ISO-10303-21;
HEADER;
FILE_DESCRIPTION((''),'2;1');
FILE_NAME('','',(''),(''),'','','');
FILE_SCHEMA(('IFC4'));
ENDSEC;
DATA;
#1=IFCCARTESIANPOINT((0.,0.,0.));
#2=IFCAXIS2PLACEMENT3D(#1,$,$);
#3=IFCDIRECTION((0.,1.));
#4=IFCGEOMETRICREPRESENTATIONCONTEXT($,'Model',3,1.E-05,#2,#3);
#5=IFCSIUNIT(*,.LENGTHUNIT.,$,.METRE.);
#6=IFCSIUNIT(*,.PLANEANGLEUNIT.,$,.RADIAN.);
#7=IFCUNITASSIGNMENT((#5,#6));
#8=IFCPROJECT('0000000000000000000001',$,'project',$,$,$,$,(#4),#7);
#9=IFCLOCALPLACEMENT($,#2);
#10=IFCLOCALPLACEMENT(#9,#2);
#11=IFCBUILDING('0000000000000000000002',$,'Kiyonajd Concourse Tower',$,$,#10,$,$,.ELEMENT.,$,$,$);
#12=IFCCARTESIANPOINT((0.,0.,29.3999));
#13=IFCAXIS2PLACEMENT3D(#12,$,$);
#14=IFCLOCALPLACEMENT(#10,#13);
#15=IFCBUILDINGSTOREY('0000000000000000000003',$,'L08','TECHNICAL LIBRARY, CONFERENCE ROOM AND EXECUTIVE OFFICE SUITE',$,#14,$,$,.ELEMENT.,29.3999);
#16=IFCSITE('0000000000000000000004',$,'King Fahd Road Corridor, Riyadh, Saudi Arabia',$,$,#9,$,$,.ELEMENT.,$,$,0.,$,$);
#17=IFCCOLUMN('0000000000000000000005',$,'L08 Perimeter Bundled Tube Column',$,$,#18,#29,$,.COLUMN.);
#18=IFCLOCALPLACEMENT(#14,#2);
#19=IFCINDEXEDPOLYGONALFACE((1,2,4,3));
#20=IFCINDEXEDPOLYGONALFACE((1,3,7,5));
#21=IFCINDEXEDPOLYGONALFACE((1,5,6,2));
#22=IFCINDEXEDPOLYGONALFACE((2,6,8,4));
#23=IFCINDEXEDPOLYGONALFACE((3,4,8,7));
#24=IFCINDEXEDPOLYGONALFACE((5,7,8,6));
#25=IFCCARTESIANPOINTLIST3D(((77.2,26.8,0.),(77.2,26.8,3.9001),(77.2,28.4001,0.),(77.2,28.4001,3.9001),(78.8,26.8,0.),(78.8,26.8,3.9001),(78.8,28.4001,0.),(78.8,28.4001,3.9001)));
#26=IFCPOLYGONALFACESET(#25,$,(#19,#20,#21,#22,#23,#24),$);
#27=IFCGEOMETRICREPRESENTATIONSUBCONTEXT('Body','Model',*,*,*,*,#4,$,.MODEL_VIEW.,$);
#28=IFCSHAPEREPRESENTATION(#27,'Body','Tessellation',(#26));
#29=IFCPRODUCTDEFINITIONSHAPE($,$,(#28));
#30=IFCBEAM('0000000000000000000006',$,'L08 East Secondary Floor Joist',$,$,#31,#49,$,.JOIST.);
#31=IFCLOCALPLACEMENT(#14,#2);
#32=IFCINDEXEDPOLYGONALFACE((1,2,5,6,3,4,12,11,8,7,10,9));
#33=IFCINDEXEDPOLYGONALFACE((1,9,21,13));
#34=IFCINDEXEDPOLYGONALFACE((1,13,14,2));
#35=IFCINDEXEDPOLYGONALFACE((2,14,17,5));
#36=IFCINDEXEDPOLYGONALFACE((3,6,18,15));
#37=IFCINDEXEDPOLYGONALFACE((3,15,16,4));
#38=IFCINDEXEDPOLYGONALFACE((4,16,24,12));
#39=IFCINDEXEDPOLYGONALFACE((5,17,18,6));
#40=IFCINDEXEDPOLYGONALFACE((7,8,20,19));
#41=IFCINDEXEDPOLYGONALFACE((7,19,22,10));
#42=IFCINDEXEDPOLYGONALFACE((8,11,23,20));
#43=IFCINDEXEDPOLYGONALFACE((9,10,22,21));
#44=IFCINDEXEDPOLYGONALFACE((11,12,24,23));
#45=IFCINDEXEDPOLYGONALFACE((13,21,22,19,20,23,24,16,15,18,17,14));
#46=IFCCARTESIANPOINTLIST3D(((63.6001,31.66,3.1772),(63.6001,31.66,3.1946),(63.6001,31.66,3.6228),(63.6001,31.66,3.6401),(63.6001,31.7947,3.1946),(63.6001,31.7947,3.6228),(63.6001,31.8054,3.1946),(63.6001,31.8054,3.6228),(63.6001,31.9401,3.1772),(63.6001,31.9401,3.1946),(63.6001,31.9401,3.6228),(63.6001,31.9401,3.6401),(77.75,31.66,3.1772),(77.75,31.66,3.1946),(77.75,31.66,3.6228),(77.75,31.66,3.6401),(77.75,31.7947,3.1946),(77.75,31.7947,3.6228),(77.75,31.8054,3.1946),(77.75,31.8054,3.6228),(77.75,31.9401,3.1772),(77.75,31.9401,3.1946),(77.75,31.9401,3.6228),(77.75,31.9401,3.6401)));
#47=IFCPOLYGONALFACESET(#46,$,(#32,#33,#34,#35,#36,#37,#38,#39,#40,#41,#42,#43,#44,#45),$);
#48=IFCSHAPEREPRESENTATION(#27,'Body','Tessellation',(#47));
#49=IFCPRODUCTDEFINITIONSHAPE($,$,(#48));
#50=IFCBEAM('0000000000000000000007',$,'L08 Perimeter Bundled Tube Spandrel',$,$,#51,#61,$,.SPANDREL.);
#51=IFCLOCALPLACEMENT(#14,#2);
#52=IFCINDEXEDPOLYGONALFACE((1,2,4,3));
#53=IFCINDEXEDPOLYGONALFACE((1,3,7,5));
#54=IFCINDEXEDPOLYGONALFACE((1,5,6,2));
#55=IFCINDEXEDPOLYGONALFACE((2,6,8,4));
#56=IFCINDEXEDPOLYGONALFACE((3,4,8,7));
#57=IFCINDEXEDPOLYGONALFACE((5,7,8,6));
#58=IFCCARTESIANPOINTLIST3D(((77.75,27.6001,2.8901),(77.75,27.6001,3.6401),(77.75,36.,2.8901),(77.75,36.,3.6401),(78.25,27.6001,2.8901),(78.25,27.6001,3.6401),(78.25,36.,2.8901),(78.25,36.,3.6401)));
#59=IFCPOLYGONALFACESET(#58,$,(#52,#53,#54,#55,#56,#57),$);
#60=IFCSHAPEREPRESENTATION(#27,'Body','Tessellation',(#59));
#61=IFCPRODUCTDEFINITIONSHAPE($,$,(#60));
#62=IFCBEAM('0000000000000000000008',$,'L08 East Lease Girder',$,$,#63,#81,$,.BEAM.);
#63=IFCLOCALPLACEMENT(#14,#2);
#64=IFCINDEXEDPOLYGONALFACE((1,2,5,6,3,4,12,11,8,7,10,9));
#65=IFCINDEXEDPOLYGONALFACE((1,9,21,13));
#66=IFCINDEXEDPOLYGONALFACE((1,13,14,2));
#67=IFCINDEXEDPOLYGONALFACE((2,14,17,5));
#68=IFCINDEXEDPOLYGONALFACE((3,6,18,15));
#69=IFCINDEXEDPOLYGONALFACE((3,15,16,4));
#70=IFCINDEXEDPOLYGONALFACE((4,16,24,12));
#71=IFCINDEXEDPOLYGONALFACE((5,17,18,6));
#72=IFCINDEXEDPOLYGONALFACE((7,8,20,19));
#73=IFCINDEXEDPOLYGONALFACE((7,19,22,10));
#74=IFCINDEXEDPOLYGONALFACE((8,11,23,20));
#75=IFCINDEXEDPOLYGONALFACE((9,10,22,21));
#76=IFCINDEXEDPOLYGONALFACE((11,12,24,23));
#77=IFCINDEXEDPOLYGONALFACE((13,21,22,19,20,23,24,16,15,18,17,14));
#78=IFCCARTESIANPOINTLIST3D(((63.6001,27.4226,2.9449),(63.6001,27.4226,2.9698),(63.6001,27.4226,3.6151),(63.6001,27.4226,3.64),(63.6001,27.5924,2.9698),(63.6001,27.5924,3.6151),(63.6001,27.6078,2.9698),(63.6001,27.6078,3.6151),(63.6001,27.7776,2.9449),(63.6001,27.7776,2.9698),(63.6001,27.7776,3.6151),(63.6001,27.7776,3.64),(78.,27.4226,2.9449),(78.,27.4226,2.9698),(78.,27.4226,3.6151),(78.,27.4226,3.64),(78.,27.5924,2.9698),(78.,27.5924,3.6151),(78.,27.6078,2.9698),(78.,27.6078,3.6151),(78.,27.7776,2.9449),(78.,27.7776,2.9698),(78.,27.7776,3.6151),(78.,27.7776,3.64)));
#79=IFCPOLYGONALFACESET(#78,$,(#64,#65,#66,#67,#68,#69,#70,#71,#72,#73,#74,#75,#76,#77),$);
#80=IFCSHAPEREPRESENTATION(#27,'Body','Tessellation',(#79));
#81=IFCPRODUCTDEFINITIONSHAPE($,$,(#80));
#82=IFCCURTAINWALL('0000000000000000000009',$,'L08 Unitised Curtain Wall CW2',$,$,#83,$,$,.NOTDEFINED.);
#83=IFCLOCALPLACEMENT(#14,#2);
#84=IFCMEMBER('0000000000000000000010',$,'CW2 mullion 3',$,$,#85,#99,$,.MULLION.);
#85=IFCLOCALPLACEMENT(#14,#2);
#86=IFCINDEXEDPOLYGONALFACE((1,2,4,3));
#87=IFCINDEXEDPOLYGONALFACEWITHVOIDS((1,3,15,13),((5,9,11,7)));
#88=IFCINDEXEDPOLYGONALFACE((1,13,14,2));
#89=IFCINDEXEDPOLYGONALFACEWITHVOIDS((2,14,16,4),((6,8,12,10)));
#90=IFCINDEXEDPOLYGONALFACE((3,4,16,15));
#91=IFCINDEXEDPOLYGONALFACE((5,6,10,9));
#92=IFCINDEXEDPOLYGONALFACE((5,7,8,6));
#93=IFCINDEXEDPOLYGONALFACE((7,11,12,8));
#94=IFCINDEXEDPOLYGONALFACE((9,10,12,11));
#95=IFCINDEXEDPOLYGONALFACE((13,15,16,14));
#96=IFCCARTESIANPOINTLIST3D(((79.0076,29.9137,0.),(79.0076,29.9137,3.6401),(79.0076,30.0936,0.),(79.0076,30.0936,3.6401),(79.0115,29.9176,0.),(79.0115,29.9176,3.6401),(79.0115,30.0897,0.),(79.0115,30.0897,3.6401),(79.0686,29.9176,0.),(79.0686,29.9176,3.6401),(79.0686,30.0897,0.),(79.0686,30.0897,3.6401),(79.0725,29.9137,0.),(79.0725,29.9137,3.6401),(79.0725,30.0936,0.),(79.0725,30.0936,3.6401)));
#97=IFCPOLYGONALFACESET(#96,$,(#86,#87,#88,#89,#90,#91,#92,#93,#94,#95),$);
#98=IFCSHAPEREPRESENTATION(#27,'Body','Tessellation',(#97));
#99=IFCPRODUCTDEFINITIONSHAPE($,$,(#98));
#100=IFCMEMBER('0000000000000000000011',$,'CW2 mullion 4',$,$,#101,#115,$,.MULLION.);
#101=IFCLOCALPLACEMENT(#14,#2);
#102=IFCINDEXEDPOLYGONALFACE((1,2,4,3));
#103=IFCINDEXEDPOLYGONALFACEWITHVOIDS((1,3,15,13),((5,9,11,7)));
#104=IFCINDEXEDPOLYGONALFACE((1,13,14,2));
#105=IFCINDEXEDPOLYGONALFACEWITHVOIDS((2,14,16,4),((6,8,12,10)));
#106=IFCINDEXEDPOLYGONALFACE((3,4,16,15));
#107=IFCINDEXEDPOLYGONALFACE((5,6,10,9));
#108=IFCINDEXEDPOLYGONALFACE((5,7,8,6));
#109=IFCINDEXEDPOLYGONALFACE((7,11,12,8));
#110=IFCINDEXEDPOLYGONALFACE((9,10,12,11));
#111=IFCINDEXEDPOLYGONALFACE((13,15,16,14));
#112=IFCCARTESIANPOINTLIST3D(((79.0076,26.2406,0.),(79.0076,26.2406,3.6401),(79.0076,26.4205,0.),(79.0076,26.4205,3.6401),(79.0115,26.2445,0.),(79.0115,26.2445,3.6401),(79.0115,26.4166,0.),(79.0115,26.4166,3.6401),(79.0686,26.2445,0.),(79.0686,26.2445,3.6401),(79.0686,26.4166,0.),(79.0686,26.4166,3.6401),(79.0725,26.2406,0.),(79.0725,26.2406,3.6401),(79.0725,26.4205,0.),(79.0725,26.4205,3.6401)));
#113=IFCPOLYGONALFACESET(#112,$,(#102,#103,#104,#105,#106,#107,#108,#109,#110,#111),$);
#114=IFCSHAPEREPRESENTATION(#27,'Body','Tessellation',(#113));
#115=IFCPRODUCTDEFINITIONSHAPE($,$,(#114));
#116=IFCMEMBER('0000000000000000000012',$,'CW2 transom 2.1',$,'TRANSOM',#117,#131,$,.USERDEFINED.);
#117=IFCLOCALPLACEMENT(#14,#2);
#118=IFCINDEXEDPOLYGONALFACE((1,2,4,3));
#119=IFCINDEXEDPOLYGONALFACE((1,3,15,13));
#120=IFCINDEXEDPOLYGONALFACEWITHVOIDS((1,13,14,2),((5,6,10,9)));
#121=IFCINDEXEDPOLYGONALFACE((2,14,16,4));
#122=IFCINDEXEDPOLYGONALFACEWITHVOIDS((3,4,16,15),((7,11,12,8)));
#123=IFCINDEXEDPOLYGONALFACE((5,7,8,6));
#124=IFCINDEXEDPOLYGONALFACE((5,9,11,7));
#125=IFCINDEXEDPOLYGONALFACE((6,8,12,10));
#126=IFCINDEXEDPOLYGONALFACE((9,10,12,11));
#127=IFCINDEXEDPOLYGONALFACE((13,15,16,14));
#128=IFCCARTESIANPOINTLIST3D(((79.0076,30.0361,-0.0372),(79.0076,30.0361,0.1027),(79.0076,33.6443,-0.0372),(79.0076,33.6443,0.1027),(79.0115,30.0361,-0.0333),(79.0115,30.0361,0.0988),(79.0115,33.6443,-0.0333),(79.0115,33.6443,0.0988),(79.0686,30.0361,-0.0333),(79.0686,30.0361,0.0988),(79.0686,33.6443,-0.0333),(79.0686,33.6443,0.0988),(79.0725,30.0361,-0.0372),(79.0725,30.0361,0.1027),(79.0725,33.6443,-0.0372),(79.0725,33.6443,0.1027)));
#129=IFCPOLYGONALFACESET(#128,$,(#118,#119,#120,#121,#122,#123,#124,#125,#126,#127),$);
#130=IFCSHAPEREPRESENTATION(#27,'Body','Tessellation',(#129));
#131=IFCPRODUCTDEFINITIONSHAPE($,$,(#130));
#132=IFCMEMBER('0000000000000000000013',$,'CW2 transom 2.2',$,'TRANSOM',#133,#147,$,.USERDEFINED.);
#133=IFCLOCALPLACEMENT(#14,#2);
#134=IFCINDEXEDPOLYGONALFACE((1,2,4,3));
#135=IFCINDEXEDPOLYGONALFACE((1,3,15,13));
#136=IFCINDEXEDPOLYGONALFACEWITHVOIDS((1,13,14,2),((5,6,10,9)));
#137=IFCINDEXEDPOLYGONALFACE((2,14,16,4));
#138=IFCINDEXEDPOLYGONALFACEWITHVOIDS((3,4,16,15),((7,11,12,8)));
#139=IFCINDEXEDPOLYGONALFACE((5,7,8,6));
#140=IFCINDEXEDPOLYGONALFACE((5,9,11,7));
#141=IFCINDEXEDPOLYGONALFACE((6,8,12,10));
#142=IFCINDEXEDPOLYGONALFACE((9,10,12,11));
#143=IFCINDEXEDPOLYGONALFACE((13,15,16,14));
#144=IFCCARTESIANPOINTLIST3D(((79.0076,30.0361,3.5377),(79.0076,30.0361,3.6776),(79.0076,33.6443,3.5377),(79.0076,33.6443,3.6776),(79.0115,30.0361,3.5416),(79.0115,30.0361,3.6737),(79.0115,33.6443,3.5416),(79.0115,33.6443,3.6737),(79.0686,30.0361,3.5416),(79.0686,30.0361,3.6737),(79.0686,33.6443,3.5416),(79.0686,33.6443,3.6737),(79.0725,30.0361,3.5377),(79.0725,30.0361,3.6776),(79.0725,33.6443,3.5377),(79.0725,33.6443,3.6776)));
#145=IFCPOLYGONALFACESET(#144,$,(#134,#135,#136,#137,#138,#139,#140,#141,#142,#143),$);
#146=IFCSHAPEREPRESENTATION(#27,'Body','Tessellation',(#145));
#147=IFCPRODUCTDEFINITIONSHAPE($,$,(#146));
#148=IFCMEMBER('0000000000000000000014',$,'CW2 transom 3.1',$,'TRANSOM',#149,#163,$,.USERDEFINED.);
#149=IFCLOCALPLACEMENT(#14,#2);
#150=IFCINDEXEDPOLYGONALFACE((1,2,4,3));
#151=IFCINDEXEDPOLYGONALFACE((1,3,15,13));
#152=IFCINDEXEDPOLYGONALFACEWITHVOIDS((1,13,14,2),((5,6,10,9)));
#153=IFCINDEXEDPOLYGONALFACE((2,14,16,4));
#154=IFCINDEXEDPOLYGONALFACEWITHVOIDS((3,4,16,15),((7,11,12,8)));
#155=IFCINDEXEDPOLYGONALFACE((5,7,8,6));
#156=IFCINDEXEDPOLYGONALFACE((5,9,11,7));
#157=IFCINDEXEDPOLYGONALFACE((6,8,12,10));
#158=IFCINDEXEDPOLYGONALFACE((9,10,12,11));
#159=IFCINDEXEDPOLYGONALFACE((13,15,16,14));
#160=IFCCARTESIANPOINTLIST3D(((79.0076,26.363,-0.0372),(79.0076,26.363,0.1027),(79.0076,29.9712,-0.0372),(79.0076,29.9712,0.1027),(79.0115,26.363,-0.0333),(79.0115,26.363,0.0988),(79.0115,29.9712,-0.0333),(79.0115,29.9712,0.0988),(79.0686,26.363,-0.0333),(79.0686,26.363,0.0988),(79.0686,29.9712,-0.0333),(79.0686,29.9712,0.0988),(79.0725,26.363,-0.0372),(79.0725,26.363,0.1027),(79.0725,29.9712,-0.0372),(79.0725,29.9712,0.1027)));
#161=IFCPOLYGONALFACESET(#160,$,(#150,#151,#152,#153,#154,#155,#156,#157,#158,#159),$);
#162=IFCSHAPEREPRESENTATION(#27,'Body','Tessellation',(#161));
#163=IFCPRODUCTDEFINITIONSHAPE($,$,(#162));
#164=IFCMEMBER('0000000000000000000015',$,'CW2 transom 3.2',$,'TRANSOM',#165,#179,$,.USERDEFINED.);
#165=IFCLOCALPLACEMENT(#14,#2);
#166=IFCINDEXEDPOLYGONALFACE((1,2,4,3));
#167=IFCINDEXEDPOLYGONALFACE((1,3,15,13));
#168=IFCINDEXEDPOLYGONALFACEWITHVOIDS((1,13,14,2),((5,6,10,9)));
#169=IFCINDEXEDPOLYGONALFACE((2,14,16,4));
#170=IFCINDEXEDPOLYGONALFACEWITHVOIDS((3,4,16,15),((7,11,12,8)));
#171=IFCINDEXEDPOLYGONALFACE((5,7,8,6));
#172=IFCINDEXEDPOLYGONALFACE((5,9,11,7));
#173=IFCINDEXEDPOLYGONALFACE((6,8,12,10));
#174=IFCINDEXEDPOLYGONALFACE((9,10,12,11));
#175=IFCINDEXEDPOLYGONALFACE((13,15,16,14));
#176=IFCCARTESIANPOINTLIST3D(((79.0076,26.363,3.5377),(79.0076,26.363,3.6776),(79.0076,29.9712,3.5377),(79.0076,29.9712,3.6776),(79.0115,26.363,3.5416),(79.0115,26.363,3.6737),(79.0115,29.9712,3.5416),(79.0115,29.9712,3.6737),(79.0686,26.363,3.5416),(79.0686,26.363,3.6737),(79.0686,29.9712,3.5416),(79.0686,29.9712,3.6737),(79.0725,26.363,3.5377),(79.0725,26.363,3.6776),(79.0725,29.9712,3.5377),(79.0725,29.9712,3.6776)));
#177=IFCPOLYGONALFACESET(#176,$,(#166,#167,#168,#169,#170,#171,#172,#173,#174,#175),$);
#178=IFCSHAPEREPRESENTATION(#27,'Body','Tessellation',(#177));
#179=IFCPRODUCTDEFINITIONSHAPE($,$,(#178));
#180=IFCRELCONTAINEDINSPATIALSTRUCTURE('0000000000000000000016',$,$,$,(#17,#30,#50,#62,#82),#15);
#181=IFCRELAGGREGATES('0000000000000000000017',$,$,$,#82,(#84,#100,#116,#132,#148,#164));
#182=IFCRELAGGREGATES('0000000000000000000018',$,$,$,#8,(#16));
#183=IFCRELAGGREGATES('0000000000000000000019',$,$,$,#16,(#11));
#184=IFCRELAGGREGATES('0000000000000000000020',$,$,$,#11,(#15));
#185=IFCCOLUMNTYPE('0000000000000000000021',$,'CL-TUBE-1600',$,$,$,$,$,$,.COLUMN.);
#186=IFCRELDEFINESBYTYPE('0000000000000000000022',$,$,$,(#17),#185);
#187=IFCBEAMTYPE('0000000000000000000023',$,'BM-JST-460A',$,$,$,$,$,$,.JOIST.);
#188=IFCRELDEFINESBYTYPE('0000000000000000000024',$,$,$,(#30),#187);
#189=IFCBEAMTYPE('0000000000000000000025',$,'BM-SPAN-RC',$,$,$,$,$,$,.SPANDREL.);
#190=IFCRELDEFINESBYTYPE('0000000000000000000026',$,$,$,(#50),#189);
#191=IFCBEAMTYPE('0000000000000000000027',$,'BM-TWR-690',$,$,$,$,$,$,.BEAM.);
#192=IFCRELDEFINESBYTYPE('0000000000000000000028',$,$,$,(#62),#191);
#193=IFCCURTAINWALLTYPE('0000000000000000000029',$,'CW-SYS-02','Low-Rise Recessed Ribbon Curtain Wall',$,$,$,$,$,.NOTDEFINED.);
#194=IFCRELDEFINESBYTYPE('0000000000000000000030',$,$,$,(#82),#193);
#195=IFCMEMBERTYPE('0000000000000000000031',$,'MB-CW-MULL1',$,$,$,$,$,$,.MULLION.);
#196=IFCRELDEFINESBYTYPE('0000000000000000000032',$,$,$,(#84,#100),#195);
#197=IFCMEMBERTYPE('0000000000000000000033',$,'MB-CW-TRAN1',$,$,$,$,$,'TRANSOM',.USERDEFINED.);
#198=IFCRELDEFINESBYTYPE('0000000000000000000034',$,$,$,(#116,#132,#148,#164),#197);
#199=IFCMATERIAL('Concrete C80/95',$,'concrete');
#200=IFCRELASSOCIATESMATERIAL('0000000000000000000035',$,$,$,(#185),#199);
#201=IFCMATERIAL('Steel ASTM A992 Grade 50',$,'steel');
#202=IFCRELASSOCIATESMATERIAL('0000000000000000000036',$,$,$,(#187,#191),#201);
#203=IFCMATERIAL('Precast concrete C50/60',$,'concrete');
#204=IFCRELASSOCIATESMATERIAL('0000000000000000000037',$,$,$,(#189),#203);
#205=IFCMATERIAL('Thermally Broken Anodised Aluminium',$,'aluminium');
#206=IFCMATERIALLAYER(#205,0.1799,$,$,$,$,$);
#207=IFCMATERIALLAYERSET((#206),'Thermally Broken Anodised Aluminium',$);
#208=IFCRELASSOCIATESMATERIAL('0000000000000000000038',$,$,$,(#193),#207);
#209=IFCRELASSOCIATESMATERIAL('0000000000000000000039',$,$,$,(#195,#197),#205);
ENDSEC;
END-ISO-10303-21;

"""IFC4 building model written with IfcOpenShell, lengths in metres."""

from ifc_helpers import new_model, si_unit, direction, frame, origin, origin_2d, place, context, subcontext, project, spatial, rectangle, hollow_rectangle, i_section, extrude, material, layer, layer_set, material_profile, profile_set, type_object, element, aggregate, save


model = new_model("IFC4")

# Units and contexts
model_context = context("Model", 3, precision=1e-05, world=origin(), true_north=direction((0.0, 1.0)))
body_context = subcontext(model_context, "Body", "Model", "MODEL_VIEW")
ifc_project = project(units=[si_unit("LENGTHUNIT", "METRE"), si_unit("PLANEANGLEUNIT", "RADIAN")], contexts=[model_context])

# Site, building, storey
site_placement = place(None, origin())
site = spatial("IfcSite", under=ifc_project, at=site_placement, Name="King Fahd Road Corridor, Riyadh, Saudi Arabia", CompositionType="ELEMENT", RefElevation=0.0)
building_placement = place(site_placement, origin())
building = spatial("IfcBuilding", under=site, at=building_placement, Name="Kiyonajd Concourse Tower", CompositionType="ELEMENT")
storey_placement = place(building_placement, frame((0.0, 0.0, 29.3999)))
storey = spatial("IfcBuildingStorey", under=building, at=storey_placement, Name="L08", Description="TECHNICAL LIBRARY, CONFERENCE ROOM AND EXECUTIVE OFFICE SUITE", CompositionType="ELEMENT", Elevation=29.3999)

# Column
ifc_material_1 = material(Name="Concrete C80/95", Category="concrete")
ifc_material_profile_1 = material_profile(ifc_material_1, rectangle(XDim=1.6001, YDim=1.6001, at=origin_2d()), Name="RC-1600x1600")
ifc_profile_set_1 = profile_set([ifc_material_profile_1], Name="Concrete C80/95")
column_type = type_object("IfcColumnType", Name="CL-TUBE-1600", PredefinedType="COLUMN", material=ifc_profile_set_1)
column_placement = place(storey_placement, frame((78.0, 27.6001, 0.0), z_axis=(0.0, 0.0, 1.0), x_axis=(1.0, 0.0, 0.0)))
element("IfcColumn", 1, at=column_placement, inside=storey, type_object=column_type, Name="L08 Perimeter Bundled Tube Column", PredefinedType="COLUMN", context=body_context, shape_type="SweptSolid", body=[
    extrude(rectangle(XDim=1.6001, YDim=1.6001, at=origin_2d()), origin(), (0.0, 0.0, 1.0), 3.9001),
])

# Beams
ifc_material_2 = material(Name="Steel ASTM A992 Grade 50", Category="steel")
ifc_material_profile_2 = material_profile(ifc_material_2, i_section(OverallWidth=0.28, OverallDepth=0.4629, WebThickness=0.0107, FlangeThickness=0.0173, at=origin_2d()), Name="W460X113")
ifc_profile_set_2 = profile_set([ifc_material_profile_2], Name="Steel ASTM A992 Grade 50")
beam_type_1 = type_object("IfcBeamType", Name="BM-JST-460A", PredefinedType="JOIST", material=ifc_profile_set_2)
beam_1_placement = place(storey_placement, frame((63.6001, 31.8, 3.4087), z_axis=(1.0, 0.0, 0.0), x_axis=(0.0, 1.0, 0.0)))
element("IfcBeam", 2, at=beam_1_placement, inside=storey, type_object=beam_type_1, Name="L08 East Secondary Floor Joist", PredefinedType="JOIST", context=body_context, shape_type="SweptSolid", body=[
    extrude(i_section(OverallWidth=0.28, OverallDepth=0.4629, WebThickness=0.0107, FlangeThickness=0.0173, at=origin_2d()), origin(), (0.0, 0.0, 1.0), 14.1499),
])
ifc_material_3 = material(Name="Precast concrete C50/60", Category="concrete")
ifc_material_profile_3 = material_profile(ifc_material_3, rectangle(XDim=0.5, YDim=0.75, at=origin_2d()), Name="RCBM-500x750")
ifc_profile_set_3 = profile_set([ifc_material_profile_3], Name="Precast concrete C50/60")
beam_type_2 = type_object("IfcBeamType", Name="BM-SPAN-RC", PredefinedType="SPANDREL", material=ifc_profile_set_3)
beam_2_placement = place(storey_placement, frame((78.0, 27.6001, 3.2651), z_axis=(0.0, 1.0, 0.0), x_axis=(-1.0, 0.0, 0.0)))
element("IfcBeam", 3, at=beam_2_placement, inside=storey, type_object=beam_type_2, Name="L08 Perimeter Bundled Tube Spandrel", PredefinedType="SPANDREL", context=body_context, shape_type="SweptSolid", body=[
    extrude(rectangle(XDim=0.5, YDim=0.75, at=origin_2d()), origin(), (0.0, 0.0, 1.0), 8.3999),
])
ifc_material_profile_4 = material_profile(ifc_material_2, i_section(OverallWidth=0.355, OverallDepth=0.6951, WebThickness=0.0154, FlangeThickness=0.0249, at=origin_2d()), Name="W690X217")
ifc_profile_set_4 = profile_set([ifc_material_profile_4], Name="Steel ASTM A992 Grade 50")
beam_type_3 = type_object("IfcBeamType", Name="BM-TWR-690", PredefinedType="BEAM", material=ifc_profile_set_4)
beam_3_placement = place(storey_placement, frame((63.6001, 27.6001, 3.2925), z_axis=(1.0, 0.0, 0.0), x_axis=(0.0, 1.0, 0.0)))
element("IfcBeam", 4, at=beam_3_placement, inside=storey, type_object=beam_type_3, Name="L08 East Lease Girder", PredefinedType="BEAM", context=body_context, shape_type="SweptSolid", body=[
    extrude(i_section(OverallWidth=0.355, OverallDepth=0.6951, WebThickness=0.0154, FlangeThickness=0.0249, at=origin_2d()), origin(), (0.0, 0.0, 1.0), 14.3999),
])

# Curtain wall, members
ifc_material_4 = material(Name="Thermally Broken Anodised Aluminium", Category="aluminium")
ifc_layer_1 = layer(ifc_material_4, 0.1799)
ifc_layer_set_1 = layer_set([ifc_layer_1], Name="Thermally Broken Anodised Aluminium")
curtain_wall_type = type_object("IfcCurtainWallType", Name="CW-SYS-02", Description="Low-Rise Recessed Ribbon Curtain Wall", PredefinedType="NOTDEFINED", material=ifc_layer_set_1)
curtain_wall_placement = place(storey_placement, origin())
curtain_wall = element("IfcCurtainWall", 5, at=curtain_wall_placement, inside=storey, type_object=curtain_wall_type, Name="L08 Unitised Curtain Wall CW2", PredefinedType="NOTDEFINED")
ifc_material_profile_5 = material_profile(ifc_material_4, hollow_rectangle(XDim=0.0649, YDim=0.1799, WallThickness=0.0039, at=origin_2d()), Name="MULL-65x180")
ifc_profile_set_5 = profile_set([ifc_material_profile_5], Name="Thermally Broken Anodised Aluminium")
member_type_1 = type_object("IfcMemberType", Name="MB-CW-MULL1", PredefinedType="MULLION", material=ifc_profile_set_5)
member_1_placement = place(storey_placement, frame((79.04, 30.0037, 0.0), z_axis=(0.0, 0.0, 1.0), x_axis=(1.0, 0.0, 0.0)))
member_1 = element("IfcMember", 6, at=member_1_placement, type_object=member_type_1, Name="CW2 mullion 3", PredefinedType="MULLION", context=body_context, shape_type="SweptSolid", body=[
    extrude(hollow_rectangle(XDim=0.0649, YDim=0.1799, WallThickness=0.0039, at=origin_2d()), origin(), (0.0, 0.0, 1.0), 3.6401),
])
member_2_placement = place(storey_placement, frame((79.04, 26.3306, 0.0), z_axis=(0.0, 0.0, 1.0), x_axis=(1.0, 0.0, 0.0)))
member_2 = element("IfcMember", 7, at=member_2_placement, type_object=member_type_1, Name="CW2 mullion 4", PredefinedType="MULLION", context=body_context, shape_type="SweptSolid", body=[
    extrude(hollow_rectangle(XDim=0.0649, YDim=0.1799, WallThickness=0.0039, at=origin_2d()), origin(), (0.0, 0.0, 1.0), 3.6401),
])
ifc_material_profile_6 = material_profile(ifc_material_4, hollow_rectangle(XDim=0.0649, YDim=0.1399, WallThickness=0.0039, at=origin_2d()), Name="TRAN-65x140")
ifc_profile_set_6 = profile_set([ifc_material_profile_6], Name="Thermally Broken Anodised Aluminium")
member_type_2 = type_object("IfcMemberType", Name="MB-CW-TRAN1", ElementType="TRANSOM", PredefinedType="USERDEFINED", material=ifc_profile_set_6)
member_3_placement = place(storey_placement, frame((79.04, 33.6443, 0.0327), z_axis=(0.0, -1.0, 0.0), x_axis=(1.0, 0.0, 0.0)))
member_3 = element("IfcMember", 8, at=member_3_placement, type_object=member_type_2, Name="CW2 transom 2.1", ObjectType="TRANSOM", PredefinedType="USERDEFINED", context=body_context, shape_type="SweptSolid", body=[
    extrude(hollow_rectangle(XDim=0.0649, YDim=0.1399, WallThickness=0.0039, at=origin_2d()), origin(), (0.0, 0.0, 1.0), 3.6082),
])
member_4_placement = place(storey_placement, frame((79.04, 33.6443, 3.6077), z_axis=(0.0, -1.0, 0.0), x_axis=(1.0, 0.0, 0.0)))
member_4 = element("IfcMember", 9, at=member_4_placement, type_object=member_type_2, Name="CW2 transom 2.2", ObjectType="TRANSOM", PredefinedType="USERDEFINED", context=body_context, shape_type="SweptSolid", body=[
    extrude(hollow_rectangle(XDim=0.0649, YDim=0.1399, WallThickness=0.0039, at=origin_2d()), origin(), (0.0, 0.0, 1.0), 3.6082),
])
member_5_placement = place(storey_placement, frame((79.04, 29.9712, 0.0327), z_axis=(0.0, -1.0, 0.0), x_axis=(1.0, 0.0, 0.0)))
member_5 = element("IfcMember", 10, at=member_5_placement, type_object=member_type_2, Name="CW2 transom 3.1", ObjectType="TRANSOM", PredefinedType="USERDEFINED", context=body_context, shape_type="SweptSolid", body=[
    extrude(hollow_rectangle(XDim=0.0649, YDim=0.1399, WallThickness=0.0039, at=origin_2d()), origin(), (0.0, 0.0, 1.0), 3.6082),
])
member_6_placement = place(storey_placement, frame((79.04, 29.9712, 3.6077), z_axis=(0.0, -1.0, 0.0), x_axis=(1.0, 0.0, 0.0)))
member_6 = element("IfcMember", 11, at=member_6_placement, type_object=member_type_2, Name="CW2 transom 3.2", ObjectType="TRANSOM", PredefinedType="USERDEFINED", context=body_context, shape_type="SweptSolid", body=[
    extrude(hollow_rectangle(XDim=0.0649, YDim=0.1399, WallThickness=0.0039, at=origin_2d()), origin(), (0.0, 0.0, 1.0), 3.6082),
])
aggregate(curtain_wall, [member_1, member_2, member_3, member_4, member_5, member_6])

save(model, "model.ifc")
